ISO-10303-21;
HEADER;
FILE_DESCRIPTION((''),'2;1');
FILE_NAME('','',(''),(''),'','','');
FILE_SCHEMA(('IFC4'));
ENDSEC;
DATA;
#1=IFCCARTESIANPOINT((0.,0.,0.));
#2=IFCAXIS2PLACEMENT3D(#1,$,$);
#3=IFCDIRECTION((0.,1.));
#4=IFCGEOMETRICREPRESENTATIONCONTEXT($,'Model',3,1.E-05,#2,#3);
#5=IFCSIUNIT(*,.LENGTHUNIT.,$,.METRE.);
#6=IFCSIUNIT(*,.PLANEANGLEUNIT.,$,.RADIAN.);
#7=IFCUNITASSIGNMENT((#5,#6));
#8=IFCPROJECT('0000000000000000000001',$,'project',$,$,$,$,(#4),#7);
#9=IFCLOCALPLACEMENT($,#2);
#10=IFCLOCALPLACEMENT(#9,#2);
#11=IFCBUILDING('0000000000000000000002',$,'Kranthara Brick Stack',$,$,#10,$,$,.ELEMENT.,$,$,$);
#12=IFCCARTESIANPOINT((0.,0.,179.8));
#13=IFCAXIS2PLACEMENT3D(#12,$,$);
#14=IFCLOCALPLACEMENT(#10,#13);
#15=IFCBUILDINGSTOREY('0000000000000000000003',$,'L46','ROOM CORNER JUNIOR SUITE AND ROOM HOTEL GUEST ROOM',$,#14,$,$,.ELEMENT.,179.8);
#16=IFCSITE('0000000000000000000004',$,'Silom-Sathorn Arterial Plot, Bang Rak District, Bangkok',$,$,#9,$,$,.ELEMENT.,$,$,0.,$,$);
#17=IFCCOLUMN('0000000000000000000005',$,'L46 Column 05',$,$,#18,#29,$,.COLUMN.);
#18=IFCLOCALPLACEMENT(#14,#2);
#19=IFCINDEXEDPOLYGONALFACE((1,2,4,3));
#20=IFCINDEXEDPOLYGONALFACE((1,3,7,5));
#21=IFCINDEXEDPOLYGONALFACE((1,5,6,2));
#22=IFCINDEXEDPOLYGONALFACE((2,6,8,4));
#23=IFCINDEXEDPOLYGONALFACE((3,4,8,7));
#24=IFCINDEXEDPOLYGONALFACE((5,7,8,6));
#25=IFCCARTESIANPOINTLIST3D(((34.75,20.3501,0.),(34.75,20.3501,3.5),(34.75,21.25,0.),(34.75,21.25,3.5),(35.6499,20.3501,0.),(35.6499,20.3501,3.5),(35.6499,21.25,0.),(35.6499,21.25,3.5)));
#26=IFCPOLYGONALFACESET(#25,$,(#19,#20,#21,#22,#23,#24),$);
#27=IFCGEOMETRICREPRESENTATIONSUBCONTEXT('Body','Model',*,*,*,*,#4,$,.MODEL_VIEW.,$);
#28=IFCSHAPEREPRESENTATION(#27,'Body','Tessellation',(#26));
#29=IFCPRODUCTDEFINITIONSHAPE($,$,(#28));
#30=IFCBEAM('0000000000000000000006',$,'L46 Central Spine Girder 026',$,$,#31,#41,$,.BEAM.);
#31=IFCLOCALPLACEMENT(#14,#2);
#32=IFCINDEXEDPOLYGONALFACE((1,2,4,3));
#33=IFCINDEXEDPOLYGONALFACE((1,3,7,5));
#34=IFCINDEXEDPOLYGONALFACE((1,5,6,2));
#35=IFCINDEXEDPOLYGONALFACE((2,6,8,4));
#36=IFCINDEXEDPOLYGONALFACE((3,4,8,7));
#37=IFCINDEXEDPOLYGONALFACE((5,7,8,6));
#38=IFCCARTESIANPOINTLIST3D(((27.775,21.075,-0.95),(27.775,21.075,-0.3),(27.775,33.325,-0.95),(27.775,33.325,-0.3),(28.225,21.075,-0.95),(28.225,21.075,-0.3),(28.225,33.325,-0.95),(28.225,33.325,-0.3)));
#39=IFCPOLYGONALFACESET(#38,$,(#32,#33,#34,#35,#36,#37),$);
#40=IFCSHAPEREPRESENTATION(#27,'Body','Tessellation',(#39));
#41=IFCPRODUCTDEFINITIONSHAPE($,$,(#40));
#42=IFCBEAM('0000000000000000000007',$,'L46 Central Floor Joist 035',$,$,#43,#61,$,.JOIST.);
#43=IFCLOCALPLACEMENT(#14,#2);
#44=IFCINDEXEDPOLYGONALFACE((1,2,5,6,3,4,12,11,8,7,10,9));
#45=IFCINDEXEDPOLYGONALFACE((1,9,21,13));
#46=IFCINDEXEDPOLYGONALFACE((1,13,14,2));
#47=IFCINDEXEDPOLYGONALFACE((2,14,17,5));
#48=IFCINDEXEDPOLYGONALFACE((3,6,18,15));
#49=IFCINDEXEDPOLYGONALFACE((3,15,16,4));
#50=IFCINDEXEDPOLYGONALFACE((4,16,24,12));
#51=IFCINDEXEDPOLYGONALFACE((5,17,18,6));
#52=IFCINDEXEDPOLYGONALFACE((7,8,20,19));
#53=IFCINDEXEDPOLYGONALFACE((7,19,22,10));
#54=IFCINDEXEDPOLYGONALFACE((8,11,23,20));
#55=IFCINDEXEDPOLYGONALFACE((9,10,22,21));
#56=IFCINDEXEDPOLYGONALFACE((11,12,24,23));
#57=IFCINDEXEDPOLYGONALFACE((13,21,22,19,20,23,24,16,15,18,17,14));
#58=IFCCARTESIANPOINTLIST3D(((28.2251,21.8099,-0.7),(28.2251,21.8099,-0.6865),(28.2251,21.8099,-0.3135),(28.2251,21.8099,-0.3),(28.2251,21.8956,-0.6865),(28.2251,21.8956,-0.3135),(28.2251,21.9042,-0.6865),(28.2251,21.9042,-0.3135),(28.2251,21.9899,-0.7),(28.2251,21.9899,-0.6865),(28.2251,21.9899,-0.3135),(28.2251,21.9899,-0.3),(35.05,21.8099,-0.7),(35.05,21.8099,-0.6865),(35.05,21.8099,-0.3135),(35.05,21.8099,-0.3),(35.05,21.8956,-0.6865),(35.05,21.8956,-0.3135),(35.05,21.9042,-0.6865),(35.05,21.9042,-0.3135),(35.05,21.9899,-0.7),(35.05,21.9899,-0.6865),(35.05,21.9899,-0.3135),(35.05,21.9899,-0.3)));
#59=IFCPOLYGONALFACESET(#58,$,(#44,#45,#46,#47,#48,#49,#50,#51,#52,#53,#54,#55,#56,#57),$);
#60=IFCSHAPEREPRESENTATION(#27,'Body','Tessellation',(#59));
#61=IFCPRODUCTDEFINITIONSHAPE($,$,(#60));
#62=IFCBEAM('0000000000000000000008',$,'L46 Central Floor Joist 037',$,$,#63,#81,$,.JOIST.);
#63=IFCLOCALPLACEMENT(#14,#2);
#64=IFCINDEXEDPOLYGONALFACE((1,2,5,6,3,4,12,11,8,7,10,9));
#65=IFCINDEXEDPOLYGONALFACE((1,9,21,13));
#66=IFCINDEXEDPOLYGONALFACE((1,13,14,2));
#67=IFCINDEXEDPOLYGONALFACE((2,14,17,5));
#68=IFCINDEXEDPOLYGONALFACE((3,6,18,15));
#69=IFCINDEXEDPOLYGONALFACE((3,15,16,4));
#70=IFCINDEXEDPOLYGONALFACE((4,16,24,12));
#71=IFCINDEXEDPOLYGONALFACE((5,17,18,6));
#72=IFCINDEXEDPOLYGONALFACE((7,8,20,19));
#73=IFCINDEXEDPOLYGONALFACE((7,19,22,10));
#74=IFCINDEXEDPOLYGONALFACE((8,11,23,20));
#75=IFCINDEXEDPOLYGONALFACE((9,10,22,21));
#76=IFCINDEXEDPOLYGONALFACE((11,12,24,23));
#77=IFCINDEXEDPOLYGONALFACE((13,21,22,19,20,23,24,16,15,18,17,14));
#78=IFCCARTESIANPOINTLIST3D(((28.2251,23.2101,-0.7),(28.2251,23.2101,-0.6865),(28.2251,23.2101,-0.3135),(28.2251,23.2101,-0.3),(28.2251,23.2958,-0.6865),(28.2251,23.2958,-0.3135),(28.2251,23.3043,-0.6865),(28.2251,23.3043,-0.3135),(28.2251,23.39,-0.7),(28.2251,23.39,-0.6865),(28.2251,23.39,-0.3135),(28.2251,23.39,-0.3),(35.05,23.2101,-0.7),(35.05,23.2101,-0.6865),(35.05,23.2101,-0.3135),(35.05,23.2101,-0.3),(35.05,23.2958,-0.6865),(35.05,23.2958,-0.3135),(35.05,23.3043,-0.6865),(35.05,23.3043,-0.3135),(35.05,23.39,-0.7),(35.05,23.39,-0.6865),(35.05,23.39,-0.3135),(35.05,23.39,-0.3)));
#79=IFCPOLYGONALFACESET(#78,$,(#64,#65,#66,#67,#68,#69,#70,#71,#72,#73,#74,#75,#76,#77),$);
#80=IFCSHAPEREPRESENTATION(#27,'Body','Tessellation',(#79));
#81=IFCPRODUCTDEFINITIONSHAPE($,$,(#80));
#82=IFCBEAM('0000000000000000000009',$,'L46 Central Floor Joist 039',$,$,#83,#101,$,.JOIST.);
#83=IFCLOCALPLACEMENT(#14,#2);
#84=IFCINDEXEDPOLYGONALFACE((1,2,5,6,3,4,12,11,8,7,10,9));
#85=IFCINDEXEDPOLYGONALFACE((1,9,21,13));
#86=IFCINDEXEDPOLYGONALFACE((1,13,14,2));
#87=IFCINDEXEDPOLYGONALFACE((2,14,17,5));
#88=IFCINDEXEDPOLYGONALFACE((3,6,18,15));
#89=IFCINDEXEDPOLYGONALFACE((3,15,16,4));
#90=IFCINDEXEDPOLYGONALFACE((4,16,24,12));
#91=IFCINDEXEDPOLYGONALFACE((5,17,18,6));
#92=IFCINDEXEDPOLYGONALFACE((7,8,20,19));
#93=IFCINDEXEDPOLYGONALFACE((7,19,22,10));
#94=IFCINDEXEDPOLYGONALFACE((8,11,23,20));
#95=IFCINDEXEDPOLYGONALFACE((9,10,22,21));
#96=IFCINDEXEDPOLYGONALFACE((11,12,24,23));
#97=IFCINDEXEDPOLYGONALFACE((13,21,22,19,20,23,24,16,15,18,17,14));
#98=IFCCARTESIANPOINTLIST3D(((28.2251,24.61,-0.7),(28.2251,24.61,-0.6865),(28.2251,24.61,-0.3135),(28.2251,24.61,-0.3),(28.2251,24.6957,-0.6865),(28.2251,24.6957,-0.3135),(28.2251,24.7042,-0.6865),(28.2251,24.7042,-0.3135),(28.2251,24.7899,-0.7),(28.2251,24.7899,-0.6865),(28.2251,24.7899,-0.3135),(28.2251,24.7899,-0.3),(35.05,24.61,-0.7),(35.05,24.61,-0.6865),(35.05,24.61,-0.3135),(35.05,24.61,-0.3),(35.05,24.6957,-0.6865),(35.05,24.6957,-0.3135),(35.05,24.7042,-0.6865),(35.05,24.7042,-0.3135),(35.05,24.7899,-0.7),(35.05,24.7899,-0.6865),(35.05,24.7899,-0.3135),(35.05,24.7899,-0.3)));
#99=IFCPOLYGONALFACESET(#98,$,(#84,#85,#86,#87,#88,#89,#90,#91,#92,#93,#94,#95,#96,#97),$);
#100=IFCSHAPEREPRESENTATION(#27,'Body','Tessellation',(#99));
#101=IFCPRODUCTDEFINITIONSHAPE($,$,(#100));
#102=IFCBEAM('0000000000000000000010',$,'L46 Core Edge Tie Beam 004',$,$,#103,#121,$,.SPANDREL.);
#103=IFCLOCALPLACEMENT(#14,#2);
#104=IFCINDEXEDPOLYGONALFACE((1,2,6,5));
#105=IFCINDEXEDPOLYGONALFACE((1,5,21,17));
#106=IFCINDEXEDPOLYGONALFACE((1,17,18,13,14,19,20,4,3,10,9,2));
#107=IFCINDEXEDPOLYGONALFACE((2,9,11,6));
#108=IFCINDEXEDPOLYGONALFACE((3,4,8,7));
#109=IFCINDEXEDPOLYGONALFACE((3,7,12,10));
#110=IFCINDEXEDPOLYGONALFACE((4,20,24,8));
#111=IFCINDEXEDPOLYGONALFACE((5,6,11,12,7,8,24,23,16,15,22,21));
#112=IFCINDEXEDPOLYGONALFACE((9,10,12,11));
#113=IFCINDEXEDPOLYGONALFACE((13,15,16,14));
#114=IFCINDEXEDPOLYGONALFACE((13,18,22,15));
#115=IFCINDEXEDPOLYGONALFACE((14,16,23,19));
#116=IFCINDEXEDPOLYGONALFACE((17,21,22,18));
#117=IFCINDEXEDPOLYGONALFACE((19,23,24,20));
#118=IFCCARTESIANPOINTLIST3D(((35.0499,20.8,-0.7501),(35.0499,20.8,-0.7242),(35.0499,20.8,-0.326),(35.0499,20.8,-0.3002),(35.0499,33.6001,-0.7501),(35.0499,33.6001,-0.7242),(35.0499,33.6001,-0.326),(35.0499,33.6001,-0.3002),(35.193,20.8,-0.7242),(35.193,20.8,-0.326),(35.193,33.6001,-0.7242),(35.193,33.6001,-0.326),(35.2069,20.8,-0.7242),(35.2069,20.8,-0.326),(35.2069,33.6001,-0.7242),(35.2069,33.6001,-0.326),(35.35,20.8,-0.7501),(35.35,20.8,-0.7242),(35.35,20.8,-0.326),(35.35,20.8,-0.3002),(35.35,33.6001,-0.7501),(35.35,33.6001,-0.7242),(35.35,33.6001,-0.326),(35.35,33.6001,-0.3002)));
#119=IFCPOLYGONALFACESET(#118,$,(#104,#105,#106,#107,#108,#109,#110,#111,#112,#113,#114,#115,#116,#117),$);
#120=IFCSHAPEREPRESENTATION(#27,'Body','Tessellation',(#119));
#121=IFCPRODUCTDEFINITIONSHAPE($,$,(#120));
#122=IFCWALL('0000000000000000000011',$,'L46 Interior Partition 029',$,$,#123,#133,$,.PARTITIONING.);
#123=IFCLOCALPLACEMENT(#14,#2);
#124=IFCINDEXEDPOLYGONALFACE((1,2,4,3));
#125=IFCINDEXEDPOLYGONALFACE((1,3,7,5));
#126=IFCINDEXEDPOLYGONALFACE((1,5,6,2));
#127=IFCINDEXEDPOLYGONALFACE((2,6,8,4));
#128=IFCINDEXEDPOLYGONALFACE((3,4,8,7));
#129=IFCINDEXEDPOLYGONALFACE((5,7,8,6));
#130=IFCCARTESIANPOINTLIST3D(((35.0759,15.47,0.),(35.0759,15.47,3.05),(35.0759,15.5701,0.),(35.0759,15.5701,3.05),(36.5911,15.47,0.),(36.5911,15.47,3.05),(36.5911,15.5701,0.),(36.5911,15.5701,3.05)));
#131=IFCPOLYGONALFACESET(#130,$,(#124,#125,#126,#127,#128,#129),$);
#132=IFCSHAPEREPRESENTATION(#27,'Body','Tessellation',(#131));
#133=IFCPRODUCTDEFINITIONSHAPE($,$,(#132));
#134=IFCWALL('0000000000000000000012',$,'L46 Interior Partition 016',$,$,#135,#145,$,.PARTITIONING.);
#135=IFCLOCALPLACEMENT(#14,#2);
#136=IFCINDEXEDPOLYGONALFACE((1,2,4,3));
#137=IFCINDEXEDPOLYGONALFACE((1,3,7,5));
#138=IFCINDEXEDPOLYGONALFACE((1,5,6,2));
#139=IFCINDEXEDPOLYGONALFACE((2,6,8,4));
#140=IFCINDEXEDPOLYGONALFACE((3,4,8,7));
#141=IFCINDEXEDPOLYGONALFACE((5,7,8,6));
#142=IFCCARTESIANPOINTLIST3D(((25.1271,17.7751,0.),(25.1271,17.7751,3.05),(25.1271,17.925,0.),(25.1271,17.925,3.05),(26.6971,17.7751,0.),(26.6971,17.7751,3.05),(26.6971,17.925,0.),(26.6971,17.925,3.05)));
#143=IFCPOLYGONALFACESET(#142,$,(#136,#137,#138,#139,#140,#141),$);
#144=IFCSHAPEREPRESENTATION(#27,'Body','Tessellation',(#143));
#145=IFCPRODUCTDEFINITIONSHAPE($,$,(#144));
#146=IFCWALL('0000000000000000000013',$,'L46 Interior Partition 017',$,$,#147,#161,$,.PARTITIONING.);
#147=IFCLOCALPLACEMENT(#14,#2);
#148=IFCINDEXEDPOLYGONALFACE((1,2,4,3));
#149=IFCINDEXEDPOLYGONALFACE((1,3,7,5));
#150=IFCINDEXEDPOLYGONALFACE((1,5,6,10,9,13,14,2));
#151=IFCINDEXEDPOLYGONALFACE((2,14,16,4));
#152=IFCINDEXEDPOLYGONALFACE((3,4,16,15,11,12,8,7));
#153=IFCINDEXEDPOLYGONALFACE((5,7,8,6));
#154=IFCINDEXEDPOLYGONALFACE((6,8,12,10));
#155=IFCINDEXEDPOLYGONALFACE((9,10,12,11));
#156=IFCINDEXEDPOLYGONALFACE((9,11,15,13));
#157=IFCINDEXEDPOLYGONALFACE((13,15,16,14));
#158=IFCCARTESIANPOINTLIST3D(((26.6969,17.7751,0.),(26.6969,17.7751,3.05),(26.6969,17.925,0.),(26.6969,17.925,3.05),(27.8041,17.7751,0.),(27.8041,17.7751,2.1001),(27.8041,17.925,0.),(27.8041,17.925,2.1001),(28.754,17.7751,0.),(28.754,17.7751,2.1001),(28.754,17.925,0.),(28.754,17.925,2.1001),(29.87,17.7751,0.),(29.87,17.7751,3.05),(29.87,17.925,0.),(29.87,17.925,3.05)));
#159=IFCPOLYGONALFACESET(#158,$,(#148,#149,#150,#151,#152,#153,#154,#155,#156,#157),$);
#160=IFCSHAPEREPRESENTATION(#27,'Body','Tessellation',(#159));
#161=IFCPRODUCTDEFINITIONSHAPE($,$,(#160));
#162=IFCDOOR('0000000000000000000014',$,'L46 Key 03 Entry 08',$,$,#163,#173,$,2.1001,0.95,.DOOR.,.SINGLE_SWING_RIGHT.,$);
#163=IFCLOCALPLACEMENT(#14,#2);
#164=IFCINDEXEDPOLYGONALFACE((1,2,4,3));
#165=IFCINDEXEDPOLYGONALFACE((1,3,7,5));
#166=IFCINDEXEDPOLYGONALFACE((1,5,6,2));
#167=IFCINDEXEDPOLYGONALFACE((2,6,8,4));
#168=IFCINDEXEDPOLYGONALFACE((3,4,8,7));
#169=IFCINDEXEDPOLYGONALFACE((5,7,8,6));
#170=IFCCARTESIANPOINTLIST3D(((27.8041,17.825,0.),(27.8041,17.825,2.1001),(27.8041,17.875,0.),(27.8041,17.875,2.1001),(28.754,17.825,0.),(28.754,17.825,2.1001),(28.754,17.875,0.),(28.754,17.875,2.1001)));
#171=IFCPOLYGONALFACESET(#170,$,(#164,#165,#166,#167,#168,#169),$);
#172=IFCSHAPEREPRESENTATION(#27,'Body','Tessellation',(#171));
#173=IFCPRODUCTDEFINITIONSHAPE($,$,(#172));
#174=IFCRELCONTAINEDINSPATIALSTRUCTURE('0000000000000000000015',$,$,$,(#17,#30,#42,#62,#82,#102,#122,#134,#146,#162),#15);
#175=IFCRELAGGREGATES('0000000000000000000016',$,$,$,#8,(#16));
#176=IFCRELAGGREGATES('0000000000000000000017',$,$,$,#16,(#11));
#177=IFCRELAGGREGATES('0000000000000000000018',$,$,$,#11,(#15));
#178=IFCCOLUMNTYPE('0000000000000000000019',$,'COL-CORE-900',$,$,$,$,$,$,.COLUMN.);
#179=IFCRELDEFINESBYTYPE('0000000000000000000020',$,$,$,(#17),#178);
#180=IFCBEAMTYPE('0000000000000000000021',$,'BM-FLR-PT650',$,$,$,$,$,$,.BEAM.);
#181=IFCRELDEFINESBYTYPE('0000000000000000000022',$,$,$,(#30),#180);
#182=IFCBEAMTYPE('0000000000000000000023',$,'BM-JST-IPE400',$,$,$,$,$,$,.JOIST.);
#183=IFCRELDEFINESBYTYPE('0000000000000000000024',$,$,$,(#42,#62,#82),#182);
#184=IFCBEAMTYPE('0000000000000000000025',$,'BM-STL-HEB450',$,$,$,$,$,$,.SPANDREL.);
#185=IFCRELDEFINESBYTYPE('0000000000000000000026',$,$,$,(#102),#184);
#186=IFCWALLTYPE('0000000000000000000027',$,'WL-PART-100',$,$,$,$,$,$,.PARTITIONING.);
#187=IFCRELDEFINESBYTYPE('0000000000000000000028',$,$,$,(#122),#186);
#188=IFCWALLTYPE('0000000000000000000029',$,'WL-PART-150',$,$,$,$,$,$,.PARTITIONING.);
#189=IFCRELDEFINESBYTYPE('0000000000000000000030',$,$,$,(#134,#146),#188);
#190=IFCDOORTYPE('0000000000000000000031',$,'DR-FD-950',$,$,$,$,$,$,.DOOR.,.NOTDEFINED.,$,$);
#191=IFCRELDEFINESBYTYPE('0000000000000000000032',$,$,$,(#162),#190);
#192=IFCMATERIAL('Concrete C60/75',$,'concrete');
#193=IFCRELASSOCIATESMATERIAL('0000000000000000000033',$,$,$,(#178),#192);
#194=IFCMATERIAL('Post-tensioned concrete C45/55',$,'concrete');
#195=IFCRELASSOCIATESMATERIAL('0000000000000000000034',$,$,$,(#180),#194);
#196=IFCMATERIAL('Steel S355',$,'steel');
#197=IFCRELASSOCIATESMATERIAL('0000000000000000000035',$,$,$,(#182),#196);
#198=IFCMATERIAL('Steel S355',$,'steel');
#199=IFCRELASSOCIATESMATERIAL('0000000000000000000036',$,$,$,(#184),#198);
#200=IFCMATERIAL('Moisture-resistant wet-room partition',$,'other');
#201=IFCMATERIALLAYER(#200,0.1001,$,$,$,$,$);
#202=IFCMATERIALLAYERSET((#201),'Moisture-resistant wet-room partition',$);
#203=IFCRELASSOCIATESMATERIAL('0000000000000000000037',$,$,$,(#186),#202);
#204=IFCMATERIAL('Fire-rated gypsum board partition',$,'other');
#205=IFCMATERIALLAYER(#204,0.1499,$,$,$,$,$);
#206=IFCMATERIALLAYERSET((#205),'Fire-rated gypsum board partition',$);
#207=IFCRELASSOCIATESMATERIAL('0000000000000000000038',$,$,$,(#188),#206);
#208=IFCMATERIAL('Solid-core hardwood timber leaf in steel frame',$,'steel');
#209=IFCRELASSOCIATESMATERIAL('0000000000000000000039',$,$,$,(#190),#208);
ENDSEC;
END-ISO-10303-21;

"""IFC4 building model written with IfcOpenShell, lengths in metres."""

from ifc_helpers import new_model, si_unit, direction, frame, frame_2d, origin, origin_2d, place, context, subcontext, project, spatial, rectangle, i_section, extrude, material, layer, layer_set, material_profile, profile_set, type_object, element, fill, save


model = new_model("IFC4")

# Units and contexts
model_context = context("Model", 3, precision=1e-05, world=origin(), true_north=direction((0.0, 1.0)))
body_context = subcontext(model_context, "Body", "Model", "MODEL_VIEW")
ifc_project = project(units=[si_unit("LENGTHUNIT", "METRE"), si_unit("PLANEANGLEUNIT", "RADIAN")], contexts=[model_context])

# Site, building, storey
site_placement = place(None, origin())
site = spatial("IfcSite", under=ifc_project, at=site_placement, Name="Silom-Sathorn Arterial Plot, Bang Rak District, Bangkok", CompositionType="ELEMENT", RefElevation=0.0)
building_placement = place(site_placement, origin())
building = spatial("IfcBuilding", under=site, at=building_placement, Name="Kranthara Brick Stack", CompositionType="ELEMENT")
storey_placement = place(building_placement, frame((0.0, 0.0, 179.8)))
storey = spatial("IfcBuildingStorey", under=building, at=storey_placement, Name="L46", Description="ROOM CORNER JUNIOR SUITE AND ROOM HOTEL GUEST ROOM", CompositionType="ELEMENT", Elevation=179.8)

# Column
ifc_material_1 = material(Name="Concrete C60/75", Category="concrete")
ifc_material_profile_1 = material_profile(ifc_material_1, rectangle(XDim=0.8999, YDim=0.8999, at=origin_2d()), Name="RC 900x900")
ifc_profile_set_1 = profile_set([ifc_material_profile_1], Name="Concrete C60/75")
column_type = type_object("IfcColumnType", Name="COL-CORE-900", PredefinedType="COLUMN", material=ifc_profile_set_1)
column_placement = place(storey_placement, frame((35.2, 20.8, 0.0), z_axis=(0.0, 0.0, 1.0), x_axis=(1.0, 0.0, 0.0)))
element("IfcColumn", 1, at=column_placement, inside=storey, type_object=column_type, Name="L46 Column 05", PredefinedType="COLUMN", context=body_context, shape_type="SweptSolid", body=[
    extrude(rectangle(XDim=0.8999, YDim=0.8999, at=origin_2d()), origin(), (0.0, 0.0, 1.0), 3.5),
])

# Beams
ifc_material_2 = material(Name="Post-tensioned concrete C45/55", Category="concrete")
ifc_material_profile_2 = material_profile(ifc_material_2, rectangle(XDim=0.45, YDim=0.6499, at=origin_2d()), Name="PT 450x650")
ifc_profile_set_2 = profile_set([ifc_material_profile_2], Name="Post-tensioned concrete C45/55")
beam_type_1 = type_object("IfcBeamType", Name="BM-FLR-PT650", PredefinedType="BEAM", material=ifc_profile_set_2)
beam_1_placement = place(storey_placement, frame((28.0, 21.075, -0.625), z_axis=(0.0, 1.0, 0.0), x_axis=(-1.0, 0.0, 0.0)))
element("IfcBeam", 2, at=beam_1_placement, inside=storey, type_object=beam_type_1, Name="L46 Central Spine Girder 026", PredefinedType="BEAM", context=body_context, shape_type="SweptSolid", body=[
    extrude(rectangle(XDim=0.45, YDim=0.6499, at=origin_2d()), origin(), (0.0, 0.0, 1.0), 12.25),
])
ifc_material_3 = material(Name="Steel S355", Category="steel")
ifc_material_profile_3 = material_profile(ifc_material_3, i_section(OverallWidth=0.1799, OverallDepth=0.3999, WebThickness=0.0085, FlangeThickness=0.0134, at=origin_2d()), Name="IPE 400")
ifc_profile_set_3 = profile_set([ifc_material_profile_3], Name="Steel S355")
beam_type_2 = type_object("IfcBeamType", Name="BM-JST-IPE400", PredefinedType="JOIST", material=ifc_profile_set_3)
for number, where, z_axis, x_axis, name in (
    (3, (28.2251, 21.8999, -0.5), (1.0, 0.0, 0.0), (0.0, 1.0, 0.0), "L46 Central Floor Joist 035"),
    (4, (28.2251, 23.3, -0.5), (1.0, 0.0, 0.0), (0.0, 1.0, 0.0), "L46 Central Floor Joist 037"),
    (5, (28.2251, 24.7, -0.5), (1.0, 0.0, 0.0), (0.0, 1.0, 0.0), "L46 Central Floor Joist 039"),
):
    element("IfcBeam", number, at=place(storey_placement, frame(where, z_axis=z_axis, x_axis=x_axis)), inside=storey, type_object=beam_type_2, Name=name, PredefinedType="JOIST", context=body_context, shape_type="SweptSolid", body=[
        extrude(i_section(OverallWidth=0.1799, OverallDepth=0.3999, WebThickness=0.0085, FlangeThickness=0.0134, at=origin_2d()), origin(), (0.0, 0.0, 1.0), 6.825),
    ])
ifc_material_4 = material(Name="Steel S355", Category="steel")
ifc_material_profile_4 = material_profile(ifc_material_4, i_section(OverallWidth=0.3, OverallDepth=0.45, WebThickness=0.0139, FlangeThickness=0.0259, at=origin_2d()), Name="HEB 450")
ifc_profile_set_4 = profile_set([ifc_material_profile_4], Name="Steel S355")
beam_type_3 = type_object("IfcBeamType", Name="BM-STL-HEB450", PredefinedType="SPANDREL", material=ifc_profile_set_4)
beam_2_placement = place(storey_placement, frame((35.2, 20.8, -0.5251), z_axis=(0.0, 1.0, 0.0), x_axis=(-1.0, 0.0, 0.0)))
element("IfcBeam", 6, at=beam_2_placement, inside=storey, type_object=beam_type_3, Name="L46 Core Edge Tie Beam 004", PredefinedType="SPANDREL", context=body_context, shape_type="SweptSolid", body=[
    extrude(i_section(OverallWidth=0.3, OverallDepth=0.45, WebThickness=0.0139, FlangeThickness=0.0259, at=origin_2d()), origin(), (0.0, 0.0, 1.0), 12.8),
])

# Walls
ifc_material_5 = material(Name="Moisture-resistant wet-room partition", Category="other")
ifc_layer_1 = layer(ifc_material_5, 0.1001)
ifc_layer_set_1 = layer_set([ifc_layer_1], Name="Moisture-resistant wet-room partition")
wall_type_1 = type_object("IfcWallType", Name="WL-PART-100", PredefinedType="PARTITIONING", material=ifc_layer_set_1)
wall_1_placement = place(storey_placement, frame((35.0759, 15.52, 0.0), z_axis=(0.0, 0.0, 1.0), x_axis=(1.0, 0.0, 0.0)))
element("IfcWall", 7, at=wall_1_placement, inside=storey, type_object=wall_type_1, Name="L46 Interior Partition 029", PredefinedType="PARTITIONING", context=body_context, shape_type="SweptSolid", body=[
    extrude(rectangle(XDim=1.5151, YDim=0.1001, at=frame_2d((0.7576, 0.0))), origin(), (0.0, 0.0, 1.0), 3.05),
])
ifc_material_6 = material(Name="Fire-rated gypsum board partition", Category="other")
ifc_layer_2 = layer(ifc_material_6, 0.1499)
ifc_layer_set_2 = layer_set([ifc_layer_2], Name="Fire-rated gypsum board partition")
wall_type_2 = type_object("IfcWallType", Name="WL-PART-150", PredefinedType="PARTITIONING", material=ifc_layer_set_2)
wall_2_placement = place(storey_placement, frame((25.127, 17.8501, 0.0), z_axis=(0.0, 0.0, 1.0), x_axis=(1.0, 0.0, 0.0)))
element("IfcWall", 8, at=wall_2_placement, inside=storey, type_object=wall_type_2, Name="L46 Interior Partition 016", PredefinedType="PARTITIONING", context=body_context, shape_type="SweptSolid", body=[
    extrude(rectangle(XDim=1.5701, YDim=0.1499, at=frame_2d((0.7852, 0.0))), origin(), (0.0, 0.0, 1.0), 3.05),
])

# Wall, opening, door
wall_3_placement = place(storey_placement, frame((26.697, 17.8501, 0.0), z_axis=(0.0, 0.0, 1.0), x_axis=(1.0, 0.0, 0.0)))
wall_3 = element("IfcWall", 9, at=wall_3_placement, inside=storey, type_object=wall_type_2, Name="L46 Interior Partition 017", PredefinedType="PARTITIONING", context=body_context, shape_type="SweptSolid", body=[
    extrude(rectangle(XDim=3.1731, YDim=0.1499, at=frame_2d((1.5864, 0.0))), origin(), (0.0, 0.0, 1.0), 3.05),
])
opening_1_placement = place(wall_3_placement, frame((1.1069, 0.0, 0.0)))
opening_1 = element("IfcOpeningElement", 10, at=opening_1_placement, cuts=wall_3, PredefinedType="OPENING", context=body_context, shape_type="SweptSolid", body=[
    extrude(rectangle(XDim=0.95, YDim=2.1001, at=frame_2d((0.4751, 1.05))), frame((0.0, 0.085, 0.0), z_axis=(0.0, -1.0, 0.0), x_axis=(1.0, 0.0, 0.0)), (0.0, 0.0, 1.0), 0.1699),
])
ifc_material_7 = material(Name="Solid-core hardwood timber leaf in steel frame", Category="steel")
door_type = type_object("IfcDoorType", Name="DR-FD-950", OperationType="NOTDEFINED", PredefinedType="DOOR", material=ifc_material_7)
door_1_placement = place(opening_1_placement, origin())
door_1 = element("IfcDoor", 11, at=door_1_placement, inside=storey, type_object=door_type, Name="L46 Key 03 Entry 08", OperationType="SINGLE_SWING_RIGHT", OverallHeight=2.1001, OverallWidth=0.95, PredefinedType="DOOR", context=body_context, shape_type="SweptSolid", body=[
    extrude(rectangle(XDim=0.95, YDim=2.1001, at=frame_2d((0.4751, 1.05))), frame((0.0, 0.0249, 0.0), z_axis=(0.0, -1.0, 0.0), x_axis=(1.0, 0.0, 0.0)), (0.0, 0.0, 1.0), 0.05),
])
fill(opening_1, door_1)

save(model, "model.ifc")
